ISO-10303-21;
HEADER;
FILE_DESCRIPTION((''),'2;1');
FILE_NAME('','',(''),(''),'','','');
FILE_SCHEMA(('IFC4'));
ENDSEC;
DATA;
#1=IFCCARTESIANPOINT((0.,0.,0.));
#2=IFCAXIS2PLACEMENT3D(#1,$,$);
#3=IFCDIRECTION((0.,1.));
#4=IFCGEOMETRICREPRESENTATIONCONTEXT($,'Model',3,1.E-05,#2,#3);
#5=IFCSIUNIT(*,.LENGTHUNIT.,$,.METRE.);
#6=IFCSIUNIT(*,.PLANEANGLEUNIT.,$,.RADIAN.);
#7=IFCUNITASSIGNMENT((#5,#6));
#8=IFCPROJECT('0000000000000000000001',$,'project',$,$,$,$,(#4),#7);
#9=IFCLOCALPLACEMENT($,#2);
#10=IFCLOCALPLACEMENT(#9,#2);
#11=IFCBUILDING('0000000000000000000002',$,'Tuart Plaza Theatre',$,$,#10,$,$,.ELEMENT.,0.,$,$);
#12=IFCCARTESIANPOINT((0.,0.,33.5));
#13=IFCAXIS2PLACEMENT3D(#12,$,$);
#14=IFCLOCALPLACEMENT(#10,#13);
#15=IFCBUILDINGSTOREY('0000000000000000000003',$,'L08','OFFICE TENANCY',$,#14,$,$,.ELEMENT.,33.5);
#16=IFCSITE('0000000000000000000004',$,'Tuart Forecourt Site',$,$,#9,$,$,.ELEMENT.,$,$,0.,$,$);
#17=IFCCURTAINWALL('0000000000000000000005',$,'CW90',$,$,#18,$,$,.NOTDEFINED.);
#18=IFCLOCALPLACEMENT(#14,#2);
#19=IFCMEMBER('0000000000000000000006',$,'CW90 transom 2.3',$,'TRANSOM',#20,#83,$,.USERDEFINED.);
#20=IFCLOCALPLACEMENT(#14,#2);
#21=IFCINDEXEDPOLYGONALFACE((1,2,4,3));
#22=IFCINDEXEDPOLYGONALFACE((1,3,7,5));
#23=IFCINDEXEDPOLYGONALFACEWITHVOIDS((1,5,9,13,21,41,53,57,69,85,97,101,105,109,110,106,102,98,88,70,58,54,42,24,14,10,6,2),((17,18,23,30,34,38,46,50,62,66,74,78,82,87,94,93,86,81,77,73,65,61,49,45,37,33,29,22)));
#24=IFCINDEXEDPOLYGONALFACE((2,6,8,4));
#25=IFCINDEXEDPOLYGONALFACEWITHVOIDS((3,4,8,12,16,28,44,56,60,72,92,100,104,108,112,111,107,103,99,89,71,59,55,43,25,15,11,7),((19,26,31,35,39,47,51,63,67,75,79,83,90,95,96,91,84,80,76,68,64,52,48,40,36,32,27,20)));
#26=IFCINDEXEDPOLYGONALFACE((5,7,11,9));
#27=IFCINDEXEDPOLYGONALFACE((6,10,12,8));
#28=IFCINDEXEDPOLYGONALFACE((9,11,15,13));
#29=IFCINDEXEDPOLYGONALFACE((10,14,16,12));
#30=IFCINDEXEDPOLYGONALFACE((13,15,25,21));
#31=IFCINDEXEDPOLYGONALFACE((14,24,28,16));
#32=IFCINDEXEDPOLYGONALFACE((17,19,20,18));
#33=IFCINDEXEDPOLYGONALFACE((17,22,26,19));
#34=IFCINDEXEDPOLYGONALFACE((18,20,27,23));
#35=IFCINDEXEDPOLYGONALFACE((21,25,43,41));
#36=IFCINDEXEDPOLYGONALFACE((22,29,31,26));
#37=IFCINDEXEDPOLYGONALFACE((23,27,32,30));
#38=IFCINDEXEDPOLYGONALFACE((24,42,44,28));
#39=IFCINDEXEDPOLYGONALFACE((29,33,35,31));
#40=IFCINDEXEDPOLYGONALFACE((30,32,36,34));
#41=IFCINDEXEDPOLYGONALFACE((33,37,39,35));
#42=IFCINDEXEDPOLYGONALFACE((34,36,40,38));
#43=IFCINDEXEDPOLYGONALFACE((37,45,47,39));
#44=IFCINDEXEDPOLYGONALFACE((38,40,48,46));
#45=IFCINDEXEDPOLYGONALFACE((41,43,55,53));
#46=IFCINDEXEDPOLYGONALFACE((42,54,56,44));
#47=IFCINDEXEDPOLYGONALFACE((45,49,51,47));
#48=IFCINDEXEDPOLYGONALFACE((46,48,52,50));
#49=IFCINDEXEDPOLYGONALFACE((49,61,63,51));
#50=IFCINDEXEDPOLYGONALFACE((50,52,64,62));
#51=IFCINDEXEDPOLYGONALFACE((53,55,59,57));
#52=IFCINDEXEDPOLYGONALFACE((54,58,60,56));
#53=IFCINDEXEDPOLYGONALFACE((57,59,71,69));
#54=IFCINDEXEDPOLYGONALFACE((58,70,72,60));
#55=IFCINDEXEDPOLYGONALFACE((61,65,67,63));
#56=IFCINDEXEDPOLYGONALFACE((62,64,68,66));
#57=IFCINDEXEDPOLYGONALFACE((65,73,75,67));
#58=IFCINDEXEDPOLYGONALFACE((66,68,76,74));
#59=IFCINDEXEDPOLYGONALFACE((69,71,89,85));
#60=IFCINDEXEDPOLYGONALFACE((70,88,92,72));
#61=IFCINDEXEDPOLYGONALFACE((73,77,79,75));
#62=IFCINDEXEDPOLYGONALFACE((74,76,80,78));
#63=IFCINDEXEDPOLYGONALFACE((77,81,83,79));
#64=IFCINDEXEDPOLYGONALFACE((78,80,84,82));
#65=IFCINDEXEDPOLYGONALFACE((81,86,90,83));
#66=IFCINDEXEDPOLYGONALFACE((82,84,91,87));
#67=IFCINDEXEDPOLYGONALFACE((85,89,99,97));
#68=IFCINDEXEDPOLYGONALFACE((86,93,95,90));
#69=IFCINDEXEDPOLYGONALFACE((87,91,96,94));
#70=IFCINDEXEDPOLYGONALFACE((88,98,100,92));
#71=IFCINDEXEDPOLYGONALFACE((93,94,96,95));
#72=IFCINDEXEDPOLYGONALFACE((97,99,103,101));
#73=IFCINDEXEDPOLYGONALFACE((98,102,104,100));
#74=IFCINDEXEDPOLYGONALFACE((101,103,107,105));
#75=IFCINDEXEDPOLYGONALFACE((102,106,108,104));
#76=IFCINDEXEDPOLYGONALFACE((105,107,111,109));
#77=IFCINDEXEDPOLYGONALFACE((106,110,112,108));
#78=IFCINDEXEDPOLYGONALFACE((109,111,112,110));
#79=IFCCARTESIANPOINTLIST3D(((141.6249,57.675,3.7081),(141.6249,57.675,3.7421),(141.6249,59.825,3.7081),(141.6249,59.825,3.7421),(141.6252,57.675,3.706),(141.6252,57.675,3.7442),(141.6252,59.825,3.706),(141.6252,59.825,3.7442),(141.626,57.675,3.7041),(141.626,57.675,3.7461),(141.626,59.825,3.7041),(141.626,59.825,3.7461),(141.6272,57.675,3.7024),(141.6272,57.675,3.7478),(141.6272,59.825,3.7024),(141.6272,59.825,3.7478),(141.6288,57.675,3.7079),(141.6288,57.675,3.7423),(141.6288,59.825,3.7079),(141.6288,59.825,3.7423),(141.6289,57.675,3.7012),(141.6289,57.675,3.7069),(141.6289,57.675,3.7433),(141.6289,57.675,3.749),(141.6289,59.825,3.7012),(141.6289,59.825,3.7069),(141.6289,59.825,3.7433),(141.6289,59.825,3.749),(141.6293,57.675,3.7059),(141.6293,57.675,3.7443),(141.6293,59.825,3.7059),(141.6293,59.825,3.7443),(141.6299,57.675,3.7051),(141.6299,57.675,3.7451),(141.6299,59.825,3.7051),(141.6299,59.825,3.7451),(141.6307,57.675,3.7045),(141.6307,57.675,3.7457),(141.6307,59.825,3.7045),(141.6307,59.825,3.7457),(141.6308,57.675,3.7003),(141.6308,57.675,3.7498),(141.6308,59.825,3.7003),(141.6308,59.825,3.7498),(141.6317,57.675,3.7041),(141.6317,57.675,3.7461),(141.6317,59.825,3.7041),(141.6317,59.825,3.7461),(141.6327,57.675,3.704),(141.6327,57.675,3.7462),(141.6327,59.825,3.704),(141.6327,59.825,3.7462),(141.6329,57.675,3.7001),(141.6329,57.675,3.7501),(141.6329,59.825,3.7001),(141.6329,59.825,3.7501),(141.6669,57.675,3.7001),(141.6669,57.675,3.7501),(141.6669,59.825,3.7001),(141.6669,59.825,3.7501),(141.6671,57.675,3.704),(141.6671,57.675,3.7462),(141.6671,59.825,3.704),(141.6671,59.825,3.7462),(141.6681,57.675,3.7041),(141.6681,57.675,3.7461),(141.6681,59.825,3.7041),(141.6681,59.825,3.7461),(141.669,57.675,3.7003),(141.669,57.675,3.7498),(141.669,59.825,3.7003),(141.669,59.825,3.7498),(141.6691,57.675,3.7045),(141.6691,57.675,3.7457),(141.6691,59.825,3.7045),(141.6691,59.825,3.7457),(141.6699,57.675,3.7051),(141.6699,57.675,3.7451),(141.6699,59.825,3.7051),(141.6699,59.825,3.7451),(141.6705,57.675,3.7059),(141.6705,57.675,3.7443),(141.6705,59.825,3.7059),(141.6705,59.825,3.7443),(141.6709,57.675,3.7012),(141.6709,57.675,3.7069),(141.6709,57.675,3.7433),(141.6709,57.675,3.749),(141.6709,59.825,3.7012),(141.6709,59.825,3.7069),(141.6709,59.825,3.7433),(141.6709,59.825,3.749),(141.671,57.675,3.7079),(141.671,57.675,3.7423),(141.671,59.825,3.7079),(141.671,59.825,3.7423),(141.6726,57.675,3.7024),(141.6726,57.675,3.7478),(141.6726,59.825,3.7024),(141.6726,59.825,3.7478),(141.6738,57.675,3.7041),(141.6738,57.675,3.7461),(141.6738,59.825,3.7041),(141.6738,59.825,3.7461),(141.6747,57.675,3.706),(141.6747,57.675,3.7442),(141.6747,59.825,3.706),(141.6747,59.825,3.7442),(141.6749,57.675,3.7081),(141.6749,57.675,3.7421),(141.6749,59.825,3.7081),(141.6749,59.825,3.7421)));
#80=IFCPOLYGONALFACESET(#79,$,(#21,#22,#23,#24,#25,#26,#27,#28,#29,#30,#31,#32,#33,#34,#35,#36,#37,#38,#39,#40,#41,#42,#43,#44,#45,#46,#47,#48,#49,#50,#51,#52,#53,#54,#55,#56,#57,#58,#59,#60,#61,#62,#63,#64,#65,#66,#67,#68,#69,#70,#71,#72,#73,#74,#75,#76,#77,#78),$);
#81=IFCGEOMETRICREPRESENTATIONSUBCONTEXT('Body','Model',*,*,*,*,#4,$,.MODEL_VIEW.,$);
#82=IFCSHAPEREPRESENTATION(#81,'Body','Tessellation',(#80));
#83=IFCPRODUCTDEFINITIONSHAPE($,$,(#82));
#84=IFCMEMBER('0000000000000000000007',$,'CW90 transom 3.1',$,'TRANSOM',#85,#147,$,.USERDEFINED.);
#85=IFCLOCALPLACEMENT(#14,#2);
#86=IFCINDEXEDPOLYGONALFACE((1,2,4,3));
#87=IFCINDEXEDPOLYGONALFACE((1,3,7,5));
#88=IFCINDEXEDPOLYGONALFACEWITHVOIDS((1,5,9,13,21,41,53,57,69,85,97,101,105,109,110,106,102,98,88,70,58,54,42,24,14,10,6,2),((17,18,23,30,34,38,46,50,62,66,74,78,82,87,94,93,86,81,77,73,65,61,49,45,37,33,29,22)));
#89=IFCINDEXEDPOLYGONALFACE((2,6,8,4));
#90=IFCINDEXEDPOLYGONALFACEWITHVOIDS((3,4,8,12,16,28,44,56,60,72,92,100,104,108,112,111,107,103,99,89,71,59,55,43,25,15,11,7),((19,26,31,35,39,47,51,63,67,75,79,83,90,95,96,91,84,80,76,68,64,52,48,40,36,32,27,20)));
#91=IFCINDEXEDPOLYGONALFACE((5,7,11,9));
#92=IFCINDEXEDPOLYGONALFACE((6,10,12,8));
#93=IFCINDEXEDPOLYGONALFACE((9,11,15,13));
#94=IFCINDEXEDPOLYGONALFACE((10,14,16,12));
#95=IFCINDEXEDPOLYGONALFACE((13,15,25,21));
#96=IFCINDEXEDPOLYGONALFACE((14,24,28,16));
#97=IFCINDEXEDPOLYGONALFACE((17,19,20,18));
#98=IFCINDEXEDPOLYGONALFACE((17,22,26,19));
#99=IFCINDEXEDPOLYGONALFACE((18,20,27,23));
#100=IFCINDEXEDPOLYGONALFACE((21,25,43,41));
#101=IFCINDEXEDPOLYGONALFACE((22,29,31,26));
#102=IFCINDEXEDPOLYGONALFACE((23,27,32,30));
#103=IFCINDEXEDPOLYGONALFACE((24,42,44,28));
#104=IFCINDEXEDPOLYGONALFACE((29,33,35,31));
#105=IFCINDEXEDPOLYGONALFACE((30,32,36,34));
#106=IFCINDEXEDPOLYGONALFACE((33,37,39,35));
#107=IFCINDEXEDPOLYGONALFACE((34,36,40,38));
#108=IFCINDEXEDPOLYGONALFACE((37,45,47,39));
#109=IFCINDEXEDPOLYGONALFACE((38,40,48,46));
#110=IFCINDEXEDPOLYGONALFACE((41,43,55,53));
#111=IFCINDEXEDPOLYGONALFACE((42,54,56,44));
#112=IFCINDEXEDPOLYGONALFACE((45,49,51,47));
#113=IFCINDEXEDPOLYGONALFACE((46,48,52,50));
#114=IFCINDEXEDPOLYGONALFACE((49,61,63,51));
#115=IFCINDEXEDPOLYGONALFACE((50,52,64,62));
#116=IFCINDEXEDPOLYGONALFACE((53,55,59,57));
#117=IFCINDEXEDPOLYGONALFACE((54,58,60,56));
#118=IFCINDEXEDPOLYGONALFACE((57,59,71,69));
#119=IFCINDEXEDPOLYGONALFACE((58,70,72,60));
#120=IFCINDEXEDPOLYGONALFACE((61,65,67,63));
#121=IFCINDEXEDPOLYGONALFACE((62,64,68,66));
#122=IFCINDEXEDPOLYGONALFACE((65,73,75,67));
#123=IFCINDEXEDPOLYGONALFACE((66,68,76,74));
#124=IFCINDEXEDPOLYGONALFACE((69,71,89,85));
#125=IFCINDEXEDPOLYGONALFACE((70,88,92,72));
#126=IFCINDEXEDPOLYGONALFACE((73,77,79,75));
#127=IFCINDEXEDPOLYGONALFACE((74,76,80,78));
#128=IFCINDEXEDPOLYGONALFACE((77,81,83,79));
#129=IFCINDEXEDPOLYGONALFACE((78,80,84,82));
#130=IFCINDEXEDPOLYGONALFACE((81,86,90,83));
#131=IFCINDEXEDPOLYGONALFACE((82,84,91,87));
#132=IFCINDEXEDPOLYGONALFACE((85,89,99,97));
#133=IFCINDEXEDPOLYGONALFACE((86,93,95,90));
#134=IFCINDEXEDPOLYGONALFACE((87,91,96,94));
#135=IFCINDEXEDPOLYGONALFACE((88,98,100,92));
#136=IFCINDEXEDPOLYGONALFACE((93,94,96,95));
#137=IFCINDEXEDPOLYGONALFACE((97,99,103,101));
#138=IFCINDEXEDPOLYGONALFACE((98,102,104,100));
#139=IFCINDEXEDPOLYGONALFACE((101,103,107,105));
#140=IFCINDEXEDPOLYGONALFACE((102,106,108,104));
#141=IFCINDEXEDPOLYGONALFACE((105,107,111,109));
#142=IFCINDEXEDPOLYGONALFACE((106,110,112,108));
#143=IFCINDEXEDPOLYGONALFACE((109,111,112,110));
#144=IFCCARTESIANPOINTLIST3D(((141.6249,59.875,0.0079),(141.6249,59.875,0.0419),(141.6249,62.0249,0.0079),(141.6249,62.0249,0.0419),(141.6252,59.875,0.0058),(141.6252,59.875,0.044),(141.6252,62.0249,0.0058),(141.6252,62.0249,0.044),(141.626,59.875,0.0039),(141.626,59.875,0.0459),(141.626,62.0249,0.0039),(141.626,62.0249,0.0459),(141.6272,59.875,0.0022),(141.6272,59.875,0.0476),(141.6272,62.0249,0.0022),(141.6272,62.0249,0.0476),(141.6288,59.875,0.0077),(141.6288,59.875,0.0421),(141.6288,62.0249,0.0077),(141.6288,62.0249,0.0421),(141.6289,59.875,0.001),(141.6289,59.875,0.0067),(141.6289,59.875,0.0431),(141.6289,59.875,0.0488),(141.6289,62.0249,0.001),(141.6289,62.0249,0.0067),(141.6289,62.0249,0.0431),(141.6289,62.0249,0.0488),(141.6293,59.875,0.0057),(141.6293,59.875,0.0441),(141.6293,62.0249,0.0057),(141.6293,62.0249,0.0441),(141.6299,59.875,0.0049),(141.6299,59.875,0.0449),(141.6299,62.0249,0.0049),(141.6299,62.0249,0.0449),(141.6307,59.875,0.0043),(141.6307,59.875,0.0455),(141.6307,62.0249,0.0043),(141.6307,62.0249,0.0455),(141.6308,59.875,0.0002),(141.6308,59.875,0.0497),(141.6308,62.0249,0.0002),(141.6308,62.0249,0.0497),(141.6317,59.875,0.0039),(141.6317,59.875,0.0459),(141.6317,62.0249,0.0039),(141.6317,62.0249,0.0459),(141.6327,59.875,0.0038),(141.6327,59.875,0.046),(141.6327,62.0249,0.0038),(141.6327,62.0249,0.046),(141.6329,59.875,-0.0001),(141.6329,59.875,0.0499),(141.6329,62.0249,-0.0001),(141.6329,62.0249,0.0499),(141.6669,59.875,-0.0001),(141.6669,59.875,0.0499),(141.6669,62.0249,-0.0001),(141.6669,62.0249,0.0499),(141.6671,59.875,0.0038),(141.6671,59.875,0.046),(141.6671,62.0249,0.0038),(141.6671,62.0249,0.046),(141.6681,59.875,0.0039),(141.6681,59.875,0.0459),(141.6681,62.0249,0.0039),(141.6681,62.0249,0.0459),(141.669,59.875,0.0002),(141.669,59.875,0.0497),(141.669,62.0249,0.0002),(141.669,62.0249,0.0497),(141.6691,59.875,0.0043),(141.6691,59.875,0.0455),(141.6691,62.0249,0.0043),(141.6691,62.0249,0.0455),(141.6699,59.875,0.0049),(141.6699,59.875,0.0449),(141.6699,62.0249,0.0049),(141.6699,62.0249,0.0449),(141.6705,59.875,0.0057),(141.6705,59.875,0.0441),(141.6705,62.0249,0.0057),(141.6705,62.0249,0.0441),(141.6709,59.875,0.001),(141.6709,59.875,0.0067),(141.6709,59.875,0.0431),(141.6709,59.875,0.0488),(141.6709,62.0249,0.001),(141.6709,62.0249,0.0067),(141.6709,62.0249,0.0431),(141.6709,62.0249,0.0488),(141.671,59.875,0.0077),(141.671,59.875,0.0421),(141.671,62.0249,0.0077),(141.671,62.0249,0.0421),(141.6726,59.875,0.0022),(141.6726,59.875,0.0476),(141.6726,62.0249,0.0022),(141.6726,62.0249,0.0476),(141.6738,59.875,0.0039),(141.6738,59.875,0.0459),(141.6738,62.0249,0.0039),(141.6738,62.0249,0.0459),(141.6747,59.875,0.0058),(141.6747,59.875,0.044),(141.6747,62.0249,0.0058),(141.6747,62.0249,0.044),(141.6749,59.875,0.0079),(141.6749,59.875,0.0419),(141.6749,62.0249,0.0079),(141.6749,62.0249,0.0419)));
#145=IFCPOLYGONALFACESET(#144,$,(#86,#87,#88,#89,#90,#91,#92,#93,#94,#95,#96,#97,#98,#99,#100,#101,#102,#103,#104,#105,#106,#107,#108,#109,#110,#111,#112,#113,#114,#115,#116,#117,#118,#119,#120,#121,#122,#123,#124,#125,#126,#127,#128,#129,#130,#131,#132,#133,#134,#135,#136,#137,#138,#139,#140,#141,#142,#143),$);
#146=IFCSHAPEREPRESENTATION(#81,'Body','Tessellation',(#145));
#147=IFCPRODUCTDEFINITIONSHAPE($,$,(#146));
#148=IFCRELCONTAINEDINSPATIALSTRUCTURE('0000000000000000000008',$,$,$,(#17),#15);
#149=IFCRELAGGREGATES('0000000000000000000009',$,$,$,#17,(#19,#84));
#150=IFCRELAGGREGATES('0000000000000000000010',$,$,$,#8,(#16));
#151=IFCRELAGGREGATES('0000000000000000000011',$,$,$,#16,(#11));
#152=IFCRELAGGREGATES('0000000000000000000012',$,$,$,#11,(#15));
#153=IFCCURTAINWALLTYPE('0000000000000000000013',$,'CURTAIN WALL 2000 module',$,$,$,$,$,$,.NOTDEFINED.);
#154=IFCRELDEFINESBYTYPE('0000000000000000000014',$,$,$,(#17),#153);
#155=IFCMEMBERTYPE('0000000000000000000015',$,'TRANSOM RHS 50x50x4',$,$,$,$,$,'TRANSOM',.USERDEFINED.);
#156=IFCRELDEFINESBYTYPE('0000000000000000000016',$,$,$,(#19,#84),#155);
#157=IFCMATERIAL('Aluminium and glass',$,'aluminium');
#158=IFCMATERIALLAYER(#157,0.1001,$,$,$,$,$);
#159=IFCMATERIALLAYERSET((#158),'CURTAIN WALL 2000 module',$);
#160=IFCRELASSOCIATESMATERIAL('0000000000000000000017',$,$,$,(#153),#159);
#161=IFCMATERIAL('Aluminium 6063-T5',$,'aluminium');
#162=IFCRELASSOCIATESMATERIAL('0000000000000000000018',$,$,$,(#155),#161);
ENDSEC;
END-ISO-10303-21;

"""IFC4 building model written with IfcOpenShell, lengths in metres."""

from ifc_helpers import new_model, si_unit, direction, frame, origin, origin_2d, place, context, subcontext, project, spatial, hollow_rectangle, extrude, material, layer, layer_set, material_profile, profile_set, type_object, element, aggregate, save


model = new_model("IFC4")

# Units and contexts
model_context = context("Model", 3, precision=1e-05, world=origin(), true_north=direction((0.0, 1.0)))
body_context = subcontext(model_context, "Body", "Model", "MODEL_VIEW")
ifc_project = project(units=[si_unit("LENGTHUNIT", "METRE"), si_unit("PLANEANGLEUNIT", "RADIAN")], contexts=[model_context])

# Site, building, storey
site_placement = place(None, origin())
site = spatial("IfcSite", under=ifc_project, at=site_placement, Name="Tuart Forecourt Site", CompositionType="ELEMENT", RefElevation=0.0)
building_placement = place(site_placement, origin())
building = spatial("IfcBuilding", under=site, at=building_placement, Name="Tuart Plaza Theatre", CompositionType="ELEMENT", ElevationOfRefHeight=0.0)
storey_placement = place(building_placement, frame((0.0, 0.0, 33.5)))
storey = spatial("IfcBuildingStorey", under=building, at=storey_placement, Name="L08", Description="OFFICE TENANCY", CompositionType="ELEMENT", Elevation=33.5)

# Shared definitions
ifc_material_1 = material(Name="Aluminium and glass", Category="aluminium")
ifc_layer_1 = layer(ifc_material_1, 0.1001)
ifc_layer_set_1 = layer_set([ifc_layer_1], Name="CURTAIN WALL 2000 module")
curtain_wall_type = type_object("IfcCurtainWallType", Name="CURTAIN WALL 2000 module", PredefinedType="NOTDEFINED", material=ifc_layer_set_1)

# Curtain wall, members
curtain_wall_1_placement = place(storey_placement, origin())
curtain_wall_1 = element("IfcCurtainWall", 1, at=curtain_wall_1_placement, inside=storey, type_object=curtain_wall_type, Name="CW90", PredefinedType="NOTDEFINED")
ifc_material_2 = material(Name="Aluminium 6063-T5", Category="aluminium")
ifc_material_profile_1 = material_profile(ifc_material_2, hollow_rectangle(XDim=0.05, YDim=0.05, WallThickness=0.0039, InnerFilletRadius=0.0039, OuterFilletRadius=0.0081, at=origin_2d()), Name="RHS 50x50x4")
ifc_profile_set_1 = profile_set([ifc_material_profile_1], Name="Aluminium 6063-T5")
member_type_1 = type_object("IfcMemberType", Name="TRANSOM RHS 50x50x4", ElementType="TRANSOM", PredefinedType="USERDEFINED", material=ifc_profile_set_1)
member_1_placement = place(storey_placement, frame((141.6499, 57.675, 3.7251), z_axis=(0.0, 1.0, 0.0), x_axis=(-1.0, 0.0, 0.0)))
member_1 = element("IfcMember", 2, at=member_1_placement, type_object=member_type_1, Name="CW90 transom 2.3", ObjectType="TRANSOM", PredefinedType="USERDEFINED", context=body_context, shape_type="SweptSolid", body=[
    extrude(hollow_rectangle(XDim=0.05, YDim=0.05, WallThickness=0.0039, InnerFilletRadius=0.0039, OuterFilletRadius=0.0081, at=origin_2d()), origin(), (0.0, 0.0, 1.0), 2.1499),
])
member_2_placement = place(storey_placement, frame((141.6499, 59.875, 0.0249), z_axis=(0.0, 1.0, 0.0), x_axis=(-1.0, 0.0, 0.0)))
member_2 = element("IfcMember", 3, at=member_2_placement, type_object=member_type_1, Name="CW90 transom 3.1", ObjectType="TRANSOM", PredefinedType="USERDEFINED", context=body_context, shape_type="SweptSolid", body=[
    extrude(hollow_rectangle(XDim=0.05, YDim=0.05, WallThickness=0.0039, InnerFilletRadius=0.0039, OuterFilletRadius=0.0081, at=origin_2d()), origin(), (0.0, 0.0, 1.0), 2.1499),
])
aggregate(curtain_wall_1, [member_1, member_2])

save(model, "model.ifc")
